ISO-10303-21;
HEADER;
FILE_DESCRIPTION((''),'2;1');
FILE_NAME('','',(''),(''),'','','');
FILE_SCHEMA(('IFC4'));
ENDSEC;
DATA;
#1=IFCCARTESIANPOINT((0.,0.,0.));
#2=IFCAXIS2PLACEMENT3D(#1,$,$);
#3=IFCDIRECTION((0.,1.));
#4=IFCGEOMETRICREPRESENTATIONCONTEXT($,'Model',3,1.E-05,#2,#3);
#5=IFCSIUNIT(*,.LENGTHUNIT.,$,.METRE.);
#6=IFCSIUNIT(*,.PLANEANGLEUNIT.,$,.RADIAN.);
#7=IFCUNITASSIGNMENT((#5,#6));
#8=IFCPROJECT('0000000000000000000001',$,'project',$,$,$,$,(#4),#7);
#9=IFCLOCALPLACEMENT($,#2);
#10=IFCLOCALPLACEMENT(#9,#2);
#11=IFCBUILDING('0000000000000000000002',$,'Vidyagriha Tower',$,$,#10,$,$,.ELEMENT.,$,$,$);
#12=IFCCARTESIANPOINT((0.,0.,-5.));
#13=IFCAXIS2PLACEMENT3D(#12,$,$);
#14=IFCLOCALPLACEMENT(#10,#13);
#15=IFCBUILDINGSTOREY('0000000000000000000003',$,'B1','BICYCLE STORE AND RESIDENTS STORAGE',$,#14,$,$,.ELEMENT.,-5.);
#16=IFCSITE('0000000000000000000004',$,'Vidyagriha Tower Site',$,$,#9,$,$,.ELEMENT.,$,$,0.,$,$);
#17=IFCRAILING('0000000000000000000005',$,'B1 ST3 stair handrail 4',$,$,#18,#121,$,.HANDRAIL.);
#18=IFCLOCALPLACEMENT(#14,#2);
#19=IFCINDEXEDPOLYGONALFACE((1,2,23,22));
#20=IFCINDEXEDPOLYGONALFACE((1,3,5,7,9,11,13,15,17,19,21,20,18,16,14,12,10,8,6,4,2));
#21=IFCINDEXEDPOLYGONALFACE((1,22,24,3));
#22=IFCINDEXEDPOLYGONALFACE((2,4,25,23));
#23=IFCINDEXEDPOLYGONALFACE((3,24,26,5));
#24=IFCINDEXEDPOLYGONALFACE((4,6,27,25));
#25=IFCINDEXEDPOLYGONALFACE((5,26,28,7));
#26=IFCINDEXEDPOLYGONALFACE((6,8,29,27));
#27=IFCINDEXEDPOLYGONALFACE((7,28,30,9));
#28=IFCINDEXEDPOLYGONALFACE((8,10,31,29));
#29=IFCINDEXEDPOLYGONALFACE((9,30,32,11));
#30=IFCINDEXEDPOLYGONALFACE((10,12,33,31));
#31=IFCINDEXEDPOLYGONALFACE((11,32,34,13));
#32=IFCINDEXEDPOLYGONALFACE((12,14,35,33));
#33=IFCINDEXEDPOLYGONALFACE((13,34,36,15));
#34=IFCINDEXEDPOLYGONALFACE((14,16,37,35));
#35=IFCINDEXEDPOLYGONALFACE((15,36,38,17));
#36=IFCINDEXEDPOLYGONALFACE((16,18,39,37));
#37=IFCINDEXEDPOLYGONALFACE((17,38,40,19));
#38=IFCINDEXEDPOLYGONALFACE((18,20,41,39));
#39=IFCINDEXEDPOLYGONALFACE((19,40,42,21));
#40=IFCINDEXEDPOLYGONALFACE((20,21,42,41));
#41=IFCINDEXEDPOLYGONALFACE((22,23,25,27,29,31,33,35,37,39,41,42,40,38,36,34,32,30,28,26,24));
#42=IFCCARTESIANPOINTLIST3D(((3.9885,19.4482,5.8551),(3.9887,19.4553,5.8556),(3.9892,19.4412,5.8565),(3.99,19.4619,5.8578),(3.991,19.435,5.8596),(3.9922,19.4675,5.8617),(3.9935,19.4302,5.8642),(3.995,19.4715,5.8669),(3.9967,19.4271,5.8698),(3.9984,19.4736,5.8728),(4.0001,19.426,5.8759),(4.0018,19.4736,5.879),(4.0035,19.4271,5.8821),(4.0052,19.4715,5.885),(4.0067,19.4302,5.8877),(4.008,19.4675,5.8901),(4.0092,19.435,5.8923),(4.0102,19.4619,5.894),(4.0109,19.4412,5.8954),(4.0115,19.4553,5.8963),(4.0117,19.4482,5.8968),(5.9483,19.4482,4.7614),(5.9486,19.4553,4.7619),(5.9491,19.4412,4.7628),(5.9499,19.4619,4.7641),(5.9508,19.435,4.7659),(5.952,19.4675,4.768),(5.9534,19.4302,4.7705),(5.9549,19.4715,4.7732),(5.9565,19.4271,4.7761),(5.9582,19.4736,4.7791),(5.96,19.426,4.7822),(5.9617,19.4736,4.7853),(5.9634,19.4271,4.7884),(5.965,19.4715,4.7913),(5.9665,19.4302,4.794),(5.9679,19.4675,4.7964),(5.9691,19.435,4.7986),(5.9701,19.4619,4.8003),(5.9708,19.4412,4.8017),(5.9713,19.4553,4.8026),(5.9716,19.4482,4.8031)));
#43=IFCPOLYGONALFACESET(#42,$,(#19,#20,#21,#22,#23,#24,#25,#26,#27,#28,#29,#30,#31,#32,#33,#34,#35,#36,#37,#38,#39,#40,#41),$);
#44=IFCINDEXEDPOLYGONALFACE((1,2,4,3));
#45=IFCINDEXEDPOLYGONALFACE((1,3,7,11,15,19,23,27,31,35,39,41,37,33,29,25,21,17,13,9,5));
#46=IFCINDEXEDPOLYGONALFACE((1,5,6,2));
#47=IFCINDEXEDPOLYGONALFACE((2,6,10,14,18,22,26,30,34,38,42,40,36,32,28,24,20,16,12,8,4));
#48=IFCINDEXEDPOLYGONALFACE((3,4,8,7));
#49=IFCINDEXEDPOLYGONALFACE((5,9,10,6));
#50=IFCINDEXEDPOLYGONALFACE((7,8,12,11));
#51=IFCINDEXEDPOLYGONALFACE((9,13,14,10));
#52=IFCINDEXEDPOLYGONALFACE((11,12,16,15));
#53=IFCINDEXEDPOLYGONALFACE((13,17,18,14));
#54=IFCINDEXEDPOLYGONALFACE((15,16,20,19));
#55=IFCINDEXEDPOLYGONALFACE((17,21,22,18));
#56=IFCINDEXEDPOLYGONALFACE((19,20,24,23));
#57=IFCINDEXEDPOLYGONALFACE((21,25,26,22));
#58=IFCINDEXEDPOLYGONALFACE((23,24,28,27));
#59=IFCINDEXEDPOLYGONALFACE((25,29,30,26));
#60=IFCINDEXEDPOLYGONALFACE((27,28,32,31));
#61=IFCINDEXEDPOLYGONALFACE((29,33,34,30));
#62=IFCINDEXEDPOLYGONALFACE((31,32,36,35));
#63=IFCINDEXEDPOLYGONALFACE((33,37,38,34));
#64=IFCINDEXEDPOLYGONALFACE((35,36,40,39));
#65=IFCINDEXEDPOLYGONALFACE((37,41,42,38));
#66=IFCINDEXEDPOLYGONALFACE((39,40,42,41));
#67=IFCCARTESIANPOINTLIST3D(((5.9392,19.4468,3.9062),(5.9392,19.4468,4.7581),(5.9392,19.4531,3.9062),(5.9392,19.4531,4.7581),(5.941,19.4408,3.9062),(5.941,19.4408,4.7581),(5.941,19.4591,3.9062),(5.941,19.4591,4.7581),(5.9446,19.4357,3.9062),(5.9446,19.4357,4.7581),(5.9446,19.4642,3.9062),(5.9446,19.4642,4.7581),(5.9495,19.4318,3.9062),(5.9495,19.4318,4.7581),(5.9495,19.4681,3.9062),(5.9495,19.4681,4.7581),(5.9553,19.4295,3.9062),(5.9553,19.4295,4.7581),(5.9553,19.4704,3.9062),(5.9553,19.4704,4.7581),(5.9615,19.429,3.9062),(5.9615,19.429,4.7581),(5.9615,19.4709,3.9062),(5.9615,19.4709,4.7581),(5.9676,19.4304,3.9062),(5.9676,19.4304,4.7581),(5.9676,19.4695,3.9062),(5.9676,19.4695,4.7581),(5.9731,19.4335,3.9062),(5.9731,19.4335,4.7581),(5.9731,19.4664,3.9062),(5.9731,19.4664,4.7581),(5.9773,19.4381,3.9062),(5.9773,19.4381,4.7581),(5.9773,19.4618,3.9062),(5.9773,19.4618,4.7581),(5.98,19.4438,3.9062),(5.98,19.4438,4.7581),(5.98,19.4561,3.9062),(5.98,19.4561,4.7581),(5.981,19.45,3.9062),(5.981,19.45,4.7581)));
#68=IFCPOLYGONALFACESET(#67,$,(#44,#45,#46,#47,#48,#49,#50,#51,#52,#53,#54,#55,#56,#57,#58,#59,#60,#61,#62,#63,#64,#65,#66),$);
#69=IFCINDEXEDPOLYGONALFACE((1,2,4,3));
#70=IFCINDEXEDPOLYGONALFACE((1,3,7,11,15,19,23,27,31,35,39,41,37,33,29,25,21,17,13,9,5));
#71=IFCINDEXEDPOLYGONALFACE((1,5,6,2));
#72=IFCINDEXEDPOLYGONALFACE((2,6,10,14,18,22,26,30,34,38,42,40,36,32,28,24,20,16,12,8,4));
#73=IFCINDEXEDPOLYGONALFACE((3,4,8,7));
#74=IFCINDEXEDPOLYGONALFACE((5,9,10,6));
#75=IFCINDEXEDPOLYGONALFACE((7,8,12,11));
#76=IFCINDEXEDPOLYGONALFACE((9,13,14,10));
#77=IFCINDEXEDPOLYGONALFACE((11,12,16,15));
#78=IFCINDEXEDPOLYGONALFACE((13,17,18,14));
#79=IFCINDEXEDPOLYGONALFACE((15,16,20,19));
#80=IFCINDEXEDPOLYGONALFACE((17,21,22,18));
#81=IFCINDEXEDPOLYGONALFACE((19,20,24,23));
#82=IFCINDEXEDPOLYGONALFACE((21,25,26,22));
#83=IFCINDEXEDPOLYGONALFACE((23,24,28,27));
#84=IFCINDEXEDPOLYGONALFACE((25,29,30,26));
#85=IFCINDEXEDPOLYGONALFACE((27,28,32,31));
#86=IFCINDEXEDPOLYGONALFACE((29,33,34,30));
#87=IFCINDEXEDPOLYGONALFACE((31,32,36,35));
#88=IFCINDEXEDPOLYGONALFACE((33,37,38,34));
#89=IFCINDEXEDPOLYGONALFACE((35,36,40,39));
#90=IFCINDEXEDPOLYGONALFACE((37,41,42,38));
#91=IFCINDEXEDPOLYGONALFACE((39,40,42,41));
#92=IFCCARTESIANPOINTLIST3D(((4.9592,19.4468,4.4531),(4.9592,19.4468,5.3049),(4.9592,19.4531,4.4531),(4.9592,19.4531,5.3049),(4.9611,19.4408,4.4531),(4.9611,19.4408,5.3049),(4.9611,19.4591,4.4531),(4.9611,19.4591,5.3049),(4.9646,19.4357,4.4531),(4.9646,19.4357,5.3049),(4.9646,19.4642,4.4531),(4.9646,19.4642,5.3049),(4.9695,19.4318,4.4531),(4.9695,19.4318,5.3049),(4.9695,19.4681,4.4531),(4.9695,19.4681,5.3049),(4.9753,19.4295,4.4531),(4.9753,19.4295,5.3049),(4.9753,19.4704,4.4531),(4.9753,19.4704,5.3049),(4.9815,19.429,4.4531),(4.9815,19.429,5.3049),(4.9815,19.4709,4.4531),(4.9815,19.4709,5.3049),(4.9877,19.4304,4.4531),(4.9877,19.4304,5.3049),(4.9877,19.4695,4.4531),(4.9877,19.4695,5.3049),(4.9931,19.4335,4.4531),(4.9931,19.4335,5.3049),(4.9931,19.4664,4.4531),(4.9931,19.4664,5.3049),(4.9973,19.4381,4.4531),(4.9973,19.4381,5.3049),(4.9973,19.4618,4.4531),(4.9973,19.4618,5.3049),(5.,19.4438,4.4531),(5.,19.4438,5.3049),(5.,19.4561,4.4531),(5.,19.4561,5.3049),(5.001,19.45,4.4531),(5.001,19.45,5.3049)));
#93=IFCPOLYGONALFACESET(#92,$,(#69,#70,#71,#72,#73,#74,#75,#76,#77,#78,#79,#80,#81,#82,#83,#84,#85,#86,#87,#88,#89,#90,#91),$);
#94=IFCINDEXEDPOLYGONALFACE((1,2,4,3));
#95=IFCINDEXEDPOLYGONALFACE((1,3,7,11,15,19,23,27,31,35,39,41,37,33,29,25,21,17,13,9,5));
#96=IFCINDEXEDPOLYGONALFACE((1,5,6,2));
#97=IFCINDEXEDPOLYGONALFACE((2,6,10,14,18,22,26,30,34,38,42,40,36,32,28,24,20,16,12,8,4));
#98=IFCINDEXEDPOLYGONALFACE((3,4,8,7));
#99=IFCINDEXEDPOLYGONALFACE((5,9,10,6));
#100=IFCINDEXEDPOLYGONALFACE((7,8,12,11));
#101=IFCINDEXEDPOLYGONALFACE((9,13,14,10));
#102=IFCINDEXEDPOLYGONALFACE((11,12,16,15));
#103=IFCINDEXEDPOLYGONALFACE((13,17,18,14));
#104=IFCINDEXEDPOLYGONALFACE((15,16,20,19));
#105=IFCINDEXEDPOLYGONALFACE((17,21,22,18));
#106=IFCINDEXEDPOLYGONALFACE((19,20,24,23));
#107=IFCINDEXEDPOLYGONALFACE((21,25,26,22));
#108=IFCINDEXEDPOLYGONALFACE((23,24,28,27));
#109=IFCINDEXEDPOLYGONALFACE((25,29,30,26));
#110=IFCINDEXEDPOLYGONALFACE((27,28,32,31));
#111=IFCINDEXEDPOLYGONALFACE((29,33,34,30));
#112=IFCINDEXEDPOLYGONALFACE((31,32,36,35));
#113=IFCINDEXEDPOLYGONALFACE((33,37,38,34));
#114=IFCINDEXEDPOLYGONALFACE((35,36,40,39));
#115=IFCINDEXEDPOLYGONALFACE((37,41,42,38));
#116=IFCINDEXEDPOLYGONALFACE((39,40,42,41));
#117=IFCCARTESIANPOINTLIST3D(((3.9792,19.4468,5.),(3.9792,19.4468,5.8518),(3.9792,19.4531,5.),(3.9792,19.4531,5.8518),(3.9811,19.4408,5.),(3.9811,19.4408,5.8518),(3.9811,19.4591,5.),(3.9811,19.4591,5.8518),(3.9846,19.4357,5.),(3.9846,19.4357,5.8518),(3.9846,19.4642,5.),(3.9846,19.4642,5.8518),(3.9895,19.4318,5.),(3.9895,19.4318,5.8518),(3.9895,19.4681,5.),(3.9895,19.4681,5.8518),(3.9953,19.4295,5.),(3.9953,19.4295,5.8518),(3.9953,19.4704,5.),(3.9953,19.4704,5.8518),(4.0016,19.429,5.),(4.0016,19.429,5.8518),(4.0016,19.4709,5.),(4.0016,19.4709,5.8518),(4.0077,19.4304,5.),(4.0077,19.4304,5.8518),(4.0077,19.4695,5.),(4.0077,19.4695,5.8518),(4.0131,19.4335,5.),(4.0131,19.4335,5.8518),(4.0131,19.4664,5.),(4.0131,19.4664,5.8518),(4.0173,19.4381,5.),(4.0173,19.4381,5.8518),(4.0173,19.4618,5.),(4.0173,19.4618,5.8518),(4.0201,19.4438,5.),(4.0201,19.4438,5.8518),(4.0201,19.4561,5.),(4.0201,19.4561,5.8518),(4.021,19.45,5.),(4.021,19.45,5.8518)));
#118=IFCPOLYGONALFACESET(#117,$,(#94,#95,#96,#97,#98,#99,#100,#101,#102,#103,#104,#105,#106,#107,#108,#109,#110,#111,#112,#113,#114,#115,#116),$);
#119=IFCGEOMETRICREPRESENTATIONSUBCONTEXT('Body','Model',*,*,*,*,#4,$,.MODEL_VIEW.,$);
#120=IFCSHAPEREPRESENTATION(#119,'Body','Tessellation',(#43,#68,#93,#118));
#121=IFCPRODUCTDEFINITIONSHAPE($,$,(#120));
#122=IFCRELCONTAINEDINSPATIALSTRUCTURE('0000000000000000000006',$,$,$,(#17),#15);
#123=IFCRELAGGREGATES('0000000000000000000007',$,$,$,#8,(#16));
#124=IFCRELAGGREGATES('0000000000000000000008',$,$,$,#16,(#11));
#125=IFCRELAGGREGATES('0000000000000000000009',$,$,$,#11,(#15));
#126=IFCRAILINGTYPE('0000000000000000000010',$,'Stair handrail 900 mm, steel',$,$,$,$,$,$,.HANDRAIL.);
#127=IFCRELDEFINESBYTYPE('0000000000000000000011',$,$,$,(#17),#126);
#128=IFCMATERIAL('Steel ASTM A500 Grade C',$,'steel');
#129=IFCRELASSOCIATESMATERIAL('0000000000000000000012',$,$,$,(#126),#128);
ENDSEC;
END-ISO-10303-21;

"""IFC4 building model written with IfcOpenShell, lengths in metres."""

from ifc_helpers import new_model, si_unit, direction, frame, origin, origin_2d, place, context, subcontext, project, spatial, circle, extrude, material, type_object, element, save


model = new_model("IFC4")

# Units and contexts
model_context = context("Model", 3, precision=1e-05, world=origin(), true_north=direction((0.0, 1.0)))
body_context = subcontext(model_context, "Body", "Model", "MODEL_VIEW")
ifc_project = project(units=[si_unit("LENGTHUNIT", "METRE"), si_unit("PLANEANGLEUNIT", "RADIAN")], contexts=[model_context])

# Site, building, storey
site_placement = place(None, origin())
site = spatial("IfcSite", under=ifc_project, at=site_placement, Name="Vidyagriha Tower Site", CompositionType="ELEMENT", RefElevation=0.0)
building_placement = place(site_placement, origin())
building = spatial("IfcBuilding", under=site, at=building_placement, Name="Vidyagriha Tower", CompositionType="ELEMENT")
storey_placement = place(building_placement, frame((0.0, 0.0, -5.0)))
storey = spatial("IfcBuildingStorey", under=building, at=storey_placement, Name="B1", Description="BICYCLE STORE AND RESIDENTS STORAGE", CompositionType="ELEMENT", Elevation=-5.0)

# Railing
ifc_material_1 = material(Name="Steel ASTM A500 Grade C", Category="steel")
railing_type_1 = type_object("IfcRailingType", Name="Stair handrail 900 mm, steel", PredefinedType="HANDRAIL", material=ifc_material_1)
railing_1_placement = place(storey_placement, frame((5.96, 19.45, 3.9062)))
element("IfcRailing", 1, at=railing_1_placement, inside=storey, type_object=railing_type_1, Name="B1 ST3 stair handrail 4", PredefinedType="HANDRAIL", context=body_context, shape_type="SweptSolid", body=[
    extrude(circle(Radius=0.0239, at=origin_2d()), frame((0.0, 0.0, 0.876), z_axis=(-0.873232, 0.0, 0.487304), x_axis=(0.0, -1.0, 0.0)), (0.0, 0.0, 1.0), 2.2444),
    extrude(circle(Radius=0.021, at=origin_2d()), origin(), (0.0, 0.0, 1.0), 0.8518),
    extrude(circle(Radius=0.021, at=origin_2d()), frame((-0.98, 0.0, 0.5469)), (0.0, 0.0, 1.0), 0.8518),
    extrude(circle(Radius=0.021, at=origin_2d()), frame((-1.96, 0.0, 1.0938)), (0.0, 0.0, 1.0), 0.8518),
])

save(model, "model.ifc")
